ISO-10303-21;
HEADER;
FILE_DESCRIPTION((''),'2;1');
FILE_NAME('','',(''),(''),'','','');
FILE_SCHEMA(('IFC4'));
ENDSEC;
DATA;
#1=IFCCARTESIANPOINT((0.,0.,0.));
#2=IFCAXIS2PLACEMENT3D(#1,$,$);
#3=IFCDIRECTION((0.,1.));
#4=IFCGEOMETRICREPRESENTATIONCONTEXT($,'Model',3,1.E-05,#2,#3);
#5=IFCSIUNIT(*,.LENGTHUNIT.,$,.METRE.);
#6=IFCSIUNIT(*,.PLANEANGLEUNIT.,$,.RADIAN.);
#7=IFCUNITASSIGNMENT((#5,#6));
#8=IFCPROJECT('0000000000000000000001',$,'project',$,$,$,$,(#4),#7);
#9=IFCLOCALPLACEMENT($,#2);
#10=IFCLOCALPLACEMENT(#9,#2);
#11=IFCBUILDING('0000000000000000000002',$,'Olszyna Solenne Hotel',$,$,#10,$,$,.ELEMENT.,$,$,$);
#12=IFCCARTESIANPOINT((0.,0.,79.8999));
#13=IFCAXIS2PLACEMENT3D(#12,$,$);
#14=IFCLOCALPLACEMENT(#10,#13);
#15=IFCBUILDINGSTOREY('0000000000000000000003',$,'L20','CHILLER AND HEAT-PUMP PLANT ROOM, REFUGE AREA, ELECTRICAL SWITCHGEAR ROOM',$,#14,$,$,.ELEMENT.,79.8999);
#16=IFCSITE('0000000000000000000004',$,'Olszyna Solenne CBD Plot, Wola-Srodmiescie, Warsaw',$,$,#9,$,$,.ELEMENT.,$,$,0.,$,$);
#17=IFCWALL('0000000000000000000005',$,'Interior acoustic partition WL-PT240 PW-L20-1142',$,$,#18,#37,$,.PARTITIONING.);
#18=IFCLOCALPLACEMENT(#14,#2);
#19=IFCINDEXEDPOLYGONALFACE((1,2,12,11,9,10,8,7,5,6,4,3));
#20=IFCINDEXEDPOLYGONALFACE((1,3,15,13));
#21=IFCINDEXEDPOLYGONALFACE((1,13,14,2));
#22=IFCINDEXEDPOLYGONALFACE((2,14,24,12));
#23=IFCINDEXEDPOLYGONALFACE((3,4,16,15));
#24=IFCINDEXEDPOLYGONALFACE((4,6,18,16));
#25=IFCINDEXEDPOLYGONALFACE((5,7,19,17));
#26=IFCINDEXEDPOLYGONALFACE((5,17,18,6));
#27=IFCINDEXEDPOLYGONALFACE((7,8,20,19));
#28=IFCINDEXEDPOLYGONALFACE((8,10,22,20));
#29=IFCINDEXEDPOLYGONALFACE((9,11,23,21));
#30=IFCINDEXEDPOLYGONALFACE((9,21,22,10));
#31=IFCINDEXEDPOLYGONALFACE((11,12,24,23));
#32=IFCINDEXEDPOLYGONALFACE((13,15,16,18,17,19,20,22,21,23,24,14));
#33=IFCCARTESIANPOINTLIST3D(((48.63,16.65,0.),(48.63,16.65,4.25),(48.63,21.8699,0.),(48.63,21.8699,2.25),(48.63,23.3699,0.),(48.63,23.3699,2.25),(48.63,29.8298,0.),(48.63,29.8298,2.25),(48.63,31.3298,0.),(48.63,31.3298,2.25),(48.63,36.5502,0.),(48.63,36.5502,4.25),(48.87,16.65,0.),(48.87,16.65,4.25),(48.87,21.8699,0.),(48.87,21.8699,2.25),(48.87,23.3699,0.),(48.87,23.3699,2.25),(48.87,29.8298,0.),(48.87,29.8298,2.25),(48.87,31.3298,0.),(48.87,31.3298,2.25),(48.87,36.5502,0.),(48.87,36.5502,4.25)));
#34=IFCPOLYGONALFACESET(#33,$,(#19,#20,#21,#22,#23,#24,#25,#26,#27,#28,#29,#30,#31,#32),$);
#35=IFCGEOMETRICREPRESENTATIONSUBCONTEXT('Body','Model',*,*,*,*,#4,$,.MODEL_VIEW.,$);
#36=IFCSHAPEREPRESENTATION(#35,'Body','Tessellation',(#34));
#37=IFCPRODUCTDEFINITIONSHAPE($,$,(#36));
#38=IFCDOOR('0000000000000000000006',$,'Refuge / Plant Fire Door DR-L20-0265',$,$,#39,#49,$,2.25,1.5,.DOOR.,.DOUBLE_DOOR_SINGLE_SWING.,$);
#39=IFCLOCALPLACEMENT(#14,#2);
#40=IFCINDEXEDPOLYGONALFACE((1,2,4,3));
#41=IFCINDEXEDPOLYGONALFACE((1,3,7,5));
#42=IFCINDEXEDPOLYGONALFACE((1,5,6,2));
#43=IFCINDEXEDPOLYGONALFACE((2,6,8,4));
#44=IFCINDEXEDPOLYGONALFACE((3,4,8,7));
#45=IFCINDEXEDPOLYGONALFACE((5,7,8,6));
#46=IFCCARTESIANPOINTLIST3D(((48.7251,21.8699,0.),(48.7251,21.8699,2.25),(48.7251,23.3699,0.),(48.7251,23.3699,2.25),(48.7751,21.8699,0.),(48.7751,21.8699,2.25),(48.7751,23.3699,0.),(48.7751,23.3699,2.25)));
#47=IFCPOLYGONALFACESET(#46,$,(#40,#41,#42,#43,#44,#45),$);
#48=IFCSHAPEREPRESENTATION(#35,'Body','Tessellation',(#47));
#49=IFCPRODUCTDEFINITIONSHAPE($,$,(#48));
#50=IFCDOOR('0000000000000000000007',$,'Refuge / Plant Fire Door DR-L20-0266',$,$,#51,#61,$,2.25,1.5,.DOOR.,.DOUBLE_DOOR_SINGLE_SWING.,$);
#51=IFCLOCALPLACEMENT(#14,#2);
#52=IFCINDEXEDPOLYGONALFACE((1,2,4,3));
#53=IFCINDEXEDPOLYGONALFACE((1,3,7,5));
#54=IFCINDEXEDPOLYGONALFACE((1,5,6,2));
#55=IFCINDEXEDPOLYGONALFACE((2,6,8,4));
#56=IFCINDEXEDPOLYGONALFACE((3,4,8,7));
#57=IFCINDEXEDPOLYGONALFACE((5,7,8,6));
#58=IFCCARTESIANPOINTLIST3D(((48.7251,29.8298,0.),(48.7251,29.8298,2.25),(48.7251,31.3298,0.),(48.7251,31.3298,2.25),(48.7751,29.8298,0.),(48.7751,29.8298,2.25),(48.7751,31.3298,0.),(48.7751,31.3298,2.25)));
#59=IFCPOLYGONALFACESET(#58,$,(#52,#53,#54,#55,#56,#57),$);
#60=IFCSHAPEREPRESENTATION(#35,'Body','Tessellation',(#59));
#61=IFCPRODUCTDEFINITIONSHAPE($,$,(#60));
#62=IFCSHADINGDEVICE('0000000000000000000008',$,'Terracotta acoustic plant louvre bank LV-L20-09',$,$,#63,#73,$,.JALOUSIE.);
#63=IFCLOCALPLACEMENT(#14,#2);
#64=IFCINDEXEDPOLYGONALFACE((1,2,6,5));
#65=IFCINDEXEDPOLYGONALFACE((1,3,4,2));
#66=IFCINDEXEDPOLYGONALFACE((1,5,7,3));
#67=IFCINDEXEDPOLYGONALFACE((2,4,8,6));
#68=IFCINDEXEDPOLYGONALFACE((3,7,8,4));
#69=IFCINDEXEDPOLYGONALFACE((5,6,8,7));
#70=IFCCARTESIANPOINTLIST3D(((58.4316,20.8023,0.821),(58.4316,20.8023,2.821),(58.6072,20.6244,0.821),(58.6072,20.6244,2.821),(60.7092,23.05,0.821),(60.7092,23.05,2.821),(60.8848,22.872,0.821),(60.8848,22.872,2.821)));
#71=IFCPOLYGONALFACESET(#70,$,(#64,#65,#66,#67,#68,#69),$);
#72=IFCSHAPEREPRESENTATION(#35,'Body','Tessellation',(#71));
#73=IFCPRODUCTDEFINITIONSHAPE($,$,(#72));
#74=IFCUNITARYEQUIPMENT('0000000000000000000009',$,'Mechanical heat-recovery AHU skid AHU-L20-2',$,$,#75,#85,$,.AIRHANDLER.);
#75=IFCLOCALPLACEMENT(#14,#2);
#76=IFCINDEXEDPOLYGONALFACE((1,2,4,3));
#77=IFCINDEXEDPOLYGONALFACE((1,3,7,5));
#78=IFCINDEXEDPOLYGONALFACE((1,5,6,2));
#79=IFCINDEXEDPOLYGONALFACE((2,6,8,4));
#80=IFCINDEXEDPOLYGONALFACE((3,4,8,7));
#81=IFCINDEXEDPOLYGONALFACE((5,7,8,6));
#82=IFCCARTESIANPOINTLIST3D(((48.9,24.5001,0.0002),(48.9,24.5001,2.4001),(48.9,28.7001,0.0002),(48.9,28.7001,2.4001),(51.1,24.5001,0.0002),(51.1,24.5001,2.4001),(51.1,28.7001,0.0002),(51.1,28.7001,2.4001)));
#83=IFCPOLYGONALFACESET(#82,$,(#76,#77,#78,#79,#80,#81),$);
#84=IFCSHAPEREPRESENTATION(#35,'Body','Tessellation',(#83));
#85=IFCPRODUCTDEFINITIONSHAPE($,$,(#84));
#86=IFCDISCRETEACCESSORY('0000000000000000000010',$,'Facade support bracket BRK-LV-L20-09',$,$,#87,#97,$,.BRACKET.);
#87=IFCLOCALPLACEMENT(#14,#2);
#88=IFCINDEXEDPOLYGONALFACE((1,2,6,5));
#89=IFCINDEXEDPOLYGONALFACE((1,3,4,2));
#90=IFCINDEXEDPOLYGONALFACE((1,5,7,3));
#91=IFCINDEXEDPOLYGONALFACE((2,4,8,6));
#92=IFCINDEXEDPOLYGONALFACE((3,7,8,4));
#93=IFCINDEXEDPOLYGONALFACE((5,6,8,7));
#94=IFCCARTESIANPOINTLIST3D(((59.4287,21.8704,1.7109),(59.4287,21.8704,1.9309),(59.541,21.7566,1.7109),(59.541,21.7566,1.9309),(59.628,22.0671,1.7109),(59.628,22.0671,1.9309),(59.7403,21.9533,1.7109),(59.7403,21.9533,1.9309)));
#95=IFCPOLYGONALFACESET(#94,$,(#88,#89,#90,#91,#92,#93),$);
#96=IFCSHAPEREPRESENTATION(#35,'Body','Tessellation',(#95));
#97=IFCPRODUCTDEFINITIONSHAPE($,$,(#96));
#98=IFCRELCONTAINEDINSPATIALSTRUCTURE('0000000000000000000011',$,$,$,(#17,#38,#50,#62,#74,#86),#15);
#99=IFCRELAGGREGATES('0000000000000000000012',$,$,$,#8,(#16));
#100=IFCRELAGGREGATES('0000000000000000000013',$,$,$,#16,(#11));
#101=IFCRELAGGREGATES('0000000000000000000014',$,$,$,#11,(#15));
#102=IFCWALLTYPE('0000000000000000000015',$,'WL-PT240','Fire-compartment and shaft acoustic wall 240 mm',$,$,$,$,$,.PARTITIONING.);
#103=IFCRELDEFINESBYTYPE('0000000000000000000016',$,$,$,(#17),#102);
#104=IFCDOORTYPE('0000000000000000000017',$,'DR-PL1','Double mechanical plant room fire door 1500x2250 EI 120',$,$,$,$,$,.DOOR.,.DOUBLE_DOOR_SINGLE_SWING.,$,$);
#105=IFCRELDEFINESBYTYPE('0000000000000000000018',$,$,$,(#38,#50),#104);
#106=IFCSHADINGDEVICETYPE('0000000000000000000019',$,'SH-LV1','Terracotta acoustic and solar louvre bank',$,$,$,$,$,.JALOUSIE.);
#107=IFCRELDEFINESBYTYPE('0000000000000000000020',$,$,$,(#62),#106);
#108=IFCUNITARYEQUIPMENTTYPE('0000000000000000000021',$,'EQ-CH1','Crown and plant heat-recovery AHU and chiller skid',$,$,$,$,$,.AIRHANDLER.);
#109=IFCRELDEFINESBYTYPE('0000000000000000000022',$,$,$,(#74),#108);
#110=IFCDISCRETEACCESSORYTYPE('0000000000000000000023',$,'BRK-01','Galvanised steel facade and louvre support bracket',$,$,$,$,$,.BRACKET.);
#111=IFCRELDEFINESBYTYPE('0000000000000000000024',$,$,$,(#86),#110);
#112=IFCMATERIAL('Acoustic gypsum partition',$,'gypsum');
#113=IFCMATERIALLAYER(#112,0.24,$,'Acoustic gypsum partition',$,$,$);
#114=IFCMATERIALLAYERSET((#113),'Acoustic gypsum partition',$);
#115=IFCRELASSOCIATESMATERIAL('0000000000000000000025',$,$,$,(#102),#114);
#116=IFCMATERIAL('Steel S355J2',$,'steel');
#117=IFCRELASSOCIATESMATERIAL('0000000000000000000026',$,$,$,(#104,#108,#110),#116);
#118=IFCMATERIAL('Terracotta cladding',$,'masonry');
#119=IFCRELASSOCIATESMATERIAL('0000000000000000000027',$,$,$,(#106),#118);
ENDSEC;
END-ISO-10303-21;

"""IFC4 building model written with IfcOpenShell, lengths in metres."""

from ifc_helpers import new_model, si_unit, direction, frame, frame_2d, origin, origin_2d, place, context, subcontext, project, spatial, rectangle, extrude, source, transform, mapped, material, layer, layer_set, type_object, type_shapes, element, fill, save


model = new_model("IFC4")

# Units and contexts
model_context = context("Model", 3, precision=1e-05, world=origin(), true_north=direction((0.0, 1.0)))
body_context = subcontext(model_context, "Body", "Model", "MODEL_VIEW")
ifc_project = project(units=[si_unit("LENGTHUNIT", "METRE"), si_unit("PLANEANGLEUNIT", "RADIAN")], contexts=[model_context])

# Site, building, storey
site_placement = place(None, origin())
site = spatial("IfcSite", under=ifc_project, at=site_placement, Name="Olszyna Solenne CBD Plot, Wola-Srodmiescie, Warsaw", CompositionType="ELEMENT", RefElevation=0.0)
building_placement = place(site_placement, origin())
building = spatial("IfcBuilding", under=site, at=building_placement, Name="Olszyna Solenne Hotel", CompositionType="ELEMENT")
storey_placement = place(building_placement, frame((0.0, 0.0, 79.8999)))
storey = spatial("IfcBuildingStorey", under=building, at=storey_placement, Name="L20", Description="CHILLER AND HEAT-PUMP PLANT ROOM, REFUGE AREA, ELECTRICAL SWITCHGEAR ROOM", CompositionType="ELEMENT", Elevation=79.8999)

# Shared definitions
ifc_material_1 = material(Name="Steel S355J2", Category="steel")

# Shared definitions
ifc_material_2 = material(Name="Acoustic gypsum partition", Category="gypsum")
ifc_layer_1 = layer(ifc_material_2, 0.24, Name="Acoustic gypsum partition")
ifc_layer_set_1 = layer_set([ifc_layer_1], Name="Acoustic gypsum partition")
wall_type_1 = type_object("IfcWallType", Name="WL-PT240", Description="Fire-compartment and shaft acoustic wall 240 mm", PredefinedType="PARTITIONING", material=ifc_layer_set_1)

# Wall, openings, doors
wall_1_placement = place(storey_placement, frame((48.75, 16.6499, 0.0), z_axis=(0.0, 0.0, 1.0), x_axis=(0.0, 1.0, 0.0)))
wall_1 = element("IfcWall", 1, at=wall_1_placement, inside=storey, type_object=wall_type_1, Name="Interior acoustic partition WL-PT240 PW-L20-1142", PredefinedType="PARTITIONING", context=body_context, shape_type="SweptSolid", body=[
    extrude(rectangle(XDim=19.9001, YDim=0.24, at=frame_2d((9.9502, 0.0))), origin(), (0.0, 0.0, 1.0), 4.25),
])
opening_1_placement = place(wall_1_placement, frame((5.22, 0.0, 0.0)))
opening_1 = element("IfcOpeningElement", 2, at=opening_1_placement, cuts=wall_1, PredefinedType="OPENING", context=body_context, shape_type="SweptSolid", body=[
    extrude(rectangle(XDim=1.5, YDim=2.25, at=frame_2d((0.75, 1.125))), frame((0.0, 0.1299, 0.0), z_axis=(0.0, -1.0, 0.0), x_axis=(1.0, 0.0, 0.0)), (0.0, 0.0, 1.0), 0.26),
])
opening_2_placement = place(wall_1_placement, frame((13.1799, 0.0, 0.0)))
opening_2 = element("IfcOpeningElement", 3, at=opening_2_placement, cuts=wall_1, PredefinedType="OPENING", context=body_context, shape_type="SweptSolid", body=[
    extrude(rectangle(XDim=1.5, YDim=2.25, at=frame_2d((0.75, 1.125))), frame((0.0, 0.1299, 0.0), z_axis=(0.0, -1.0, 0.0), x_axis=(1.0, 0.0, 0.0)), (0.0, 0.0, 1.0), 0.26),
])
door_type = type_object("IfcDoorType", Name="DR-PL1", Description="Double mechanical plant room fire door 1500x2250 EI 120", OperationType="DOUBLE_DOOR_SINGLE_SWING", PredefinedType="DOOR", material=ifc_material_1)
shared_shape_1 = source(origin(), body_context, "Body", "SweptSolid", [
    extrude(rectangle(XDim=1.5, YDim=2.25, at=frame_2d((0.75, 1.125))), frame((0.0, 0.0249, 0.0), z_axis=(0.0, -1.0, 0.0), x_axis=(1.0, 0.0, 0.0)), (0.0, 0.0, 1.0), 0.05),
])
type_shapes(door_type, [shared_shape_1])
door_1_placement = place(opening_1_placement, origin())
door_1 = element("IfcDoor", 4, at=door_1_placement, inside=storey, type_object=door_type, Name="Refuge / Plant Fire Door DR-L20-0265", OperationType="DOUBLE_DOOR_SINGLE_SWING", OverallHeight=2.25, OverallWidth=1.5, PredefinedType="DOOR", context=body_context, shape_type="MappedRepresentation", body=[
    mapped(shared_shape_1, transform((0.0, 0.0, 0.0), x_axis=(1.0, 0.0, 0.0), y_axis=(0.0, 1.0, 0.0), z_axis=(0.0, 0.0, 1.0), scale=1.0)),
])
fill(opening_1, door_1)
door_2_placement = place(opening_2_placement, origin())
door_2 = element("IfcDoor", 5, at=door_2_placement, inside=storey, type_object=door_type, Name="Refuge / Plant Fire Door DR-L20-0266", OperationType="DOUBLE_DOOR_SINGLE_SWING", OverallHeight=2.25, OverallWidth=1.5, PredefinedType="DOOR", context=body_context, shape_type="MappedRepresentation", body=[
    mapped(shared_shape_1, transform((0.0, 0.0, 0.0), x_axis=(1.0, 0.0, 0.0), y_axis=(0.0, 1.0, 0.0), z_axis=(0.0, 0.0, 1.0), scale=1.0)),
])
fill(opening_2, door_2)

# Shading device
ifc_material_3 = material(Name="Terracotta cladding", Category="masonry")
shading_device_type = type_object("IfcShadingDeviceType", Name="SH-LV1", Description="Terracotta acoustic and solar louvre bank", PredefinedType="JALOUSIE", material=ifc_material_3)
shared_shape_2 = source(origin(), body_context, "Body", "SweptSolid", [
    extrude(rectangle(XDim=3.2, YDim=0.25, at=origin_2d()), origin(), (0.0, 0.0, 1.0), 2.0),
])
shading_device_placement = place(storey_placement, frame((59.6582, 21.8372, 0.821), z_axis=(0.0, 0.0, 1.0), x_axis=(-0.711781, -0.702402, 0.0)))
element("IfcShadingDevice", 6, at=shading_device_placement, inside=storey, type_object=shading_device_type, Name="Terracotta acoustic plant louvre bank LV-L20-09", PredefinedType="JALOUSIE", context=body_context, shape_type="MappedRepresentation", body=[
    mapped(shared_shape_2, transform((0.0, 0.0, 0.0), x_axis=(1.0, 0.0, 0.0), y_axis=(0.0, 1.0, 0.0), z_axis=(0.0, 0.0, 1.0), scale=1.0)),
])

# Unitary equipment
unitary_equipment_type = type_object("IfcUnitaryEquipmentType", Name="EQ-CH1", Description="Crown and plant heat-recovery AHU and chiller skid", PredefinedType="AIRHANDLER", material=ifc_material_1)
shared_shape_3 = source(origin(), body_context, "Body", "SweptSolid", [
    extrude(rectangle(XDim=4.2, YDim=2.2, at=origin_2d()), origin(), (0.0, 0.0, 1.0), 2.3999),
])
unitary_equipment_placement = place(storey_placement, frame((50.0, 26.6001, 0.0002), z_axis=(0.0, 0.0, 1.0), x_axis=(0.0, 1.0, 0.0)))
element("IfcUnitaryEquipment", 7, at=unitary_equipment_placement, inside=storey, type_object=unitary_equipment_type, Name="Mechanical heat-recovery AHU skid AHU-L20-2", PredefinedType="AIRHANDLER", context=body_context, shape_type="MappedRepresentation", body=[
    mapped(shared_shape_3, transform((0.0, 0.0, 0.0), x_axis=(1.0, 0.0, 0.0), y_axis=(0.0, 1.0, 0.0), z_axis=(0.0, 0.0, 1.0), scale=1.0)),
])

# Discrete accessory
discrete_accessory_type = type_object("IfcDiscreteAccessoryType", Name="BRK-01", Description="Galvanised steel facade and louvre support bracket", PredefinedType="BRACKET", material=ifc_material_1)
shared_shape_4 = source(origin(), body_context, "Body", "SweptSolid", [
    extrude(rectangle(XDim=0.28, YDim=0.1599, at=origin_2d()), origin(), (0.0, 0.0, 1.0), 0.22),
])
discrete_accessory_placement = place(storey_placement, frame((59.5845, 21.9119, 1.7109), z_axis=(0.0, 0.0, 1.0), x_axis=(-0.711781, -0.702402, 0.0)))
element("IfcDiscreteAccessory", 8, at=discrete_accessory_placement, inside=storey, type_object=discrete_accessory_type, Name="Facade support bracket BRK-LV-L20-09", PredefinedType="BRACKET", context=body_context, shape_type="MappedRepresentation", body=[
    mapped(shared_shape_4, transform((0.0, 0.0, 0.0), x_axis=(1.0, 0.0, 0.0), y_axis=(0.0, 1.0, 0.0), z_axis=(0.0, 0.0, 1.0), scale=1.0)),
])

save(model, "model.ifc")
